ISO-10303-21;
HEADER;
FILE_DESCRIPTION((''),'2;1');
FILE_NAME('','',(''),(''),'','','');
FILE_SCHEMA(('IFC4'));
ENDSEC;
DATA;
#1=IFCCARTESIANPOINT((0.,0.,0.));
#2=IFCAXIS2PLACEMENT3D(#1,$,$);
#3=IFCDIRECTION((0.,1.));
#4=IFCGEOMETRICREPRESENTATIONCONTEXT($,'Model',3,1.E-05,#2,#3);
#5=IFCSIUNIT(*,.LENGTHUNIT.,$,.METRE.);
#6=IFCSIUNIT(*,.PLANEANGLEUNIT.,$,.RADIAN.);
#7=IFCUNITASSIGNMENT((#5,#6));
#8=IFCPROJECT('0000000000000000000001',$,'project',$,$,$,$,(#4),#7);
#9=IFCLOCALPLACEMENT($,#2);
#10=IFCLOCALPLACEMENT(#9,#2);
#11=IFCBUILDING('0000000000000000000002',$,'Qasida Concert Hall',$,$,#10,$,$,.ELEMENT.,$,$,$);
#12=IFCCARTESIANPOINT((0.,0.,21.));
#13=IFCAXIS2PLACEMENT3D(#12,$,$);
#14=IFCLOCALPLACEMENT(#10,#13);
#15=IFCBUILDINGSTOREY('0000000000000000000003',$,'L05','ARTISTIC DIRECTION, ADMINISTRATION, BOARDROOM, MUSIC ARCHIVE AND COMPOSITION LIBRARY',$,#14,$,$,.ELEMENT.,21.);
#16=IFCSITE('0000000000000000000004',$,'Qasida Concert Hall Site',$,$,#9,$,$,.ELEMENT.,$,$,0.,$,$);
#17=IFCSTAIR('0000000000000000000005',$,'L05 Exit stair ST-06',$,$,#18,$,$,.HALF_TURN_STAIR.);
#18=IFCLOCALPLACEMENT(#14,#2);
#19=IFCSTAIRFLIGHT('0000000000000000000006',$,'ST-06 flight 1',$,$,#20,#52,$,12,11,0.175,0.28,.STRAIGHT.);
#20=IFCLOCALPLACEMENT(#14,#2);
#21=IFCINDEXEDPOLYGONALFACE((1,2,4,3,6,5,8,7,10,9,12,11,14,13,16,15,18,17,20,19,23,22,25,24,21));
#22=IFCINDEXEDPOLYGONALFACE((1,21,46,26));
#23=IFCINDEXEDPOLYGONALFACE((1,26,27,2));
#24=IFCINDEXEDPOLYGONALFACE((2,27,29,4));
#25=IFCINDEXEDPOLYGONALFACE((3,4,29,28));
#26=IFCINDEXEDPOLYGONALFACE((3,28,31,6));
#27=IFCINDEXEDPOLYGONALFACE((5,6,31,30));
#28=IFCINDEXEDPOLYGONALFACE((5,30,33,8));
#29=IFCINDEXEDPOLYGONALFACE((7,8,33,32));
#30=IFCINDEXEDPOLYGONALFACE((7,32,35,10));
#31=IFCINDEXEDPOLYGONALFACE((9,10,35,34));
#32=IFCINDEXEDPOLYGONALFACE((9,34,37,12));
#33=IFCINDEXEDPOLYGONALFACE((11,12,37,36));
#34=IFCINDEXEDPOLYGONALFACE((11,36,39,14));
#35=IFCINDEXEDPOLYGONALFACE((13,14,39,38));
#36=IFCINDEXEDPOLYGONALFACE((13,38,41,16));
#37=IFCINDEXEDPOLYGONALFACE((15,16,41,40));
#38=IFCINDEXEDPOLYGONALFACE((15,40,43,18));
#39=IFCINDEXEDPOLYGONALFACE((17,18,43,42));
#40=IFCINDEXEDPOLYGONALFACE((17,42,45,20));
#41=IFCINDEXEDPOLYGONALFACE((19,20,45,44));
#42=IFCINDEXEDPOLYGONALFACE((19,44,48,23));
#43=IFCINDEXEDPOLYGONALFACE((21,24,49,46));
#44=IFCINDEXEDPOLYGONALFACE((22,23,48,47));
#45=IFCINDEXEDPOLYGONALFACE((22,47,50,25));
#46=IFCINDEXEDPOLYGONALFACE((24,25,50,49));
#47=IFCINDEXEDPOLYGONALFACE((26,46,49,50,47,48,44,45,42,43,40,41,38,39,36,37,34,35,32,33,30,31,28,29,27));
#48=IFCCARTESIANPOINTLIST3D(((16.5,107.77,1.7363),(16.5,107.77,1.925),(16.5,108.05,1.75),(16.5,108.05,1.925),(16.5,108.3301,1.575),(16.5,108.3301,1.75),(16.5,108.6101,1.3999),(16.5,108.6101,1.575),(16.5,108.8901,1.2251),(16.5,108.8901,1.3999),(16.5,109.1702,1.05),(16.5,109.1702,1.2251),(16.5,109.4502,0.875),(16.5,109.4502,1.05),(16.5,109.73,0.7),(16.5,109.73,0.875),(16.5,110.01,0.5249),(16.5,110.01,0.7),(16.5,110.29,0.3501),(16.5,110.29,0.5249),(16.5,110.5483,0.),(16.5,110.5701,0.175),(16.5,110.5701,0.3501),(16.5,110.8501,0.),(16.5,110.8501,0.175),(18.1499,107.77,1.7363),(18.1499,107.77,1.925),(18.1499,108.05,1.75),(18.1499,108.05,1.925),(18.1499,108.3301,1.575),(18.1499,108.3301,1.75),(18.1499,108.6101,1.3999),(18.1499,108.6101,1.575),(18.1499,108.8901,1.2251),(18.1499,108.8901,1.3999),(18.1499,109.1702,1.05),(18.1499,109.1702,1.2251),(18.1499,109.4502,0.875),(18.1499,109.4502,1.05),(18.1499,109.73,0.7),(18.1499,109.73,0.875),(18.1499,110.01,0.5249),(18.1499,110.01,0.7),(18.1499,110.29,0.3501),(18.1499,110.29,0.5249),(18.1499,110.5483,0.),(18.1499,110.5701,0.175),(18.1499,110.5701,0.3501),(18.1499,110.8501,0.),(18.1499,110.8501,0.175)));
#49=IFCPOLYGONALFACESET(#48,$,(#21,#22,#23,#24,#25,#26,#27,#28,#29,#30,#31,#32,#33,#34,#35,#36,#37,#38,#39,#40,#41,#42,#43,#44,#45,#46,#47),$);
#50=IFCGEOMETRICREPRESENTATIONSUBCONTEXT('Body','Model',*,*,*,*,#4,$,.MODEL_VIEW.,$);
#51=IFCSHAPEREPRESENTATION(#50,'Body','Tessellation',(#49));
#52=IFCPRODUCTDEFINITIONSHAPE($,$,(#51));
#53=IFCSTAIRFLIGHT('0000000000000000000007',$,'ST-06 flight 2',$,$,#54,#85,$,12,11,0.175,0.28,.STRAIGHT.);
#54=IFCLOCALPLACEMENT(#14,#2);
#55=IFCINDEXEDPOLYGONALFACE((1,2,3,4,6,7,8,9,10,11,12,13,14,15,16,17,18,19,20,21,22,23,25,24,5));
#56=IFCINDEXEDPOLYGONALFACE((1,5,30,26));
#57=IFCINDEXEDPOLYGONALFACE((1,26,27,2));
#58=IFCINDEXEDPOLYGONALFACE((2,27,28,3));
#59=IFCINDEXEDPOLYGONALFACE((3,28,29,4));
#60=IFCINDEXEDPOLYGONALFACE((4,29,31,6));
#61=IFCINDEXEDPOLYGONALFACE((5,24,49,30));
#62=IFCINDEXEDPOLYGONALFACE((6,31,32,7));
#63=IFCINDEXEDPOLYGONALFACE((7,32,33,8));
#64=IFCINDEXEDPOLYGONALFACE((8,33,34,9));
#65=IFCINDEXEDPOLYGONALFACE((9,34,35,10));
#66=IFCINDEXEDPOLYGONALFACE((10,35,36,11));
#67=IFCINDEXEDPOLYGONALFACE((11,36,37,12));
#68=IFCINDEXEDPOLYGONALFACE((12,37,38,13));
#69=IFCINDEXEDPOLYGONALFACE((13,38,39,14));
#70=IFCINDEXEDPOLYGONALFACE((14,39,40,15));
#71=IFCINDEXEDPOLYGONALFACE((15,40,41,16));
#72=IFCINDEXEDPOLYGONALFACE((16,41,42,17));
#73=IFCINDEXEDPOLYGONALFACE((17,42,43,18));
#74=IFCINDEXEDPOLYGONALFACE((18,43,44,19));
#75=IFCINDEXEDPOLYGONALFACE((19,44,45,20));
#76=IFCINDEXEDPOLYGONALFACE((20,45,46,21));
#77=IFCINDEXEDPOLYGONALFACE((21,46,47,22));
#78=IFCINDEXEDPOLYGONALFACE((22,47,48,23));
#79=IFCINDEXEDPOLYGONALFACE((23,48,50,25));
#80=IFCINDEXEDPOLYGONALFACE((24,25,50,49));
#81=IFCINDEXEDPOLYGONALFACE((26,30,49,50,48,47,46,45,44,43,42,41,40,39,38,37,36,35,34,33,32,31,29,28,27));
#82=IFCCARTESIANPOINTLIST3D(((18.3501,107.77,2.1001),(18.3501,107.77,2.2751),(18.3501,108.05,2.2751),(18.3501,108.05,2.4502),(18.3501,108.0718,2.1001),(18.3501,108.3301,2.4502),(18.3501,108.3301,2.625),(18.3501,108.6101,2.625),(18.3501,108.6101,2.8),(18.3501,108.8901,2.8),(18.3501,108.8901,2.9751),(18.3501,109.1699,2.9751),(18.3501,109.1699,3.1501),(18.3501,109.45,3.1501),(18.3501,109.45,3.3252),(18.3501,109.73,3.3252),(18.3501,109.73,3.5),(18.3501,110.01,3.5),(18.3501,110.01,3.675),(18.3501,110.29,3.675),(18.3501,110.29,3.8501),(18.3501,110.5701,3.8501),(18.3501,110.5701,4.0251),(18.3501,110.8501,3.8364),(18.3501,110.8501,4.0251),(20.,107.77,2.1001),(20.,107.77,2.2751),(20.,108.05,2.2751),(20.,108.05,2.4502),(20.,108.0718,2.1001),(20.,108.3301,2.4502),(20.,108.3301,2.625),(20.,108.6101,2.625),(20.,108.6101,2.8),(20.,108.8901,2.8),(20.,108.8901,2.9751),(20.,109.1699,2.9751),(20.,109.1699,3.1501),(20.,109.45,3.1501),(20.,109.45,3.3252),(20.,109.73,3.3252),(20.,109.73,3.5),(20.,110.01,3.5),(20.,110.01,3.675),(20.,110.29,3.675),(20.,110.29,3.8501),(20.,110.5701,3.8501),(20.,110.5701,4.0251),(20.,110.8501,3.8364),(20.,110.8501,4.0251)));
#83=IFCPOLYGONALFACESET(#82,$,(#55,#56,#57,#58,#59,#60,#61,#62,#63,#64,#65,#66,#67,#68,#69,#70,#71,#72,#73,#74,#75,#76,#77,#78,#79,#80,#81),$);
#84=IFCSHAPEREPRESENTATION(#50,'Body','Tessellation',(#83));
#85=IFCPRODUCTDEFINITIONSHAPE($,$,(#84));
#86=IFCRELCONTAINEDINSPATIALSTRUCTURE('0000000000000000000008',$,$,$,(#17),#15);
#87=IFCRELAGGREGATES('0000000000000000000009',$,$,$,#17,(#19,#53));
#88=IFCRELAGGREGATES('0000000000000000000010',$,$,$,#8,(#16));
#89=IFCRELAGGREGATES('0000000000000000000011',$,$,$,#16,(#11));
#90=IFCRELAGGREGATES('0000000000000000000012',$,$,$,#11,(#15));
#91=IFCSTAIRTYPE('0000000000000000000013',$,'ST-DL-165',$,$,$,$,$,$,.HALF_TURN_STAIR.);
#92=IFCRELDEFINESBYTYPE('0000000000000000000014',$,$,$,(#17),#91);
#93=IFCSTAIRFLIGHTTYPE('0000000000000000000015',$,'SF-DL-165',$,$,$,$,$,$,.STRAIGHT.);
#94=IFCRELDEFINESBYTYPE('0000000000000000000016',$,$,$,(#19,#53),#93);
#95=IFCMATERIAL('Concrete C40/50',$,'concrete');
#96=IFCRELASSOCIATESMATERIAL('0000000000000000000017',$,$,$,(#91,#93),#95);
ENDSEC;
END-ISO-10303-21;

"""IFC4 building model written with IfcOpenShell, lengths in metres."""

from ifc_helpers import new_model, si_unit, direction, frame, origin, place, context, subcontext, project, spatial, polyline, outline, extrude, material, type_object, element, aggregate, save


model = new_model("IFC4")

# Units and contexts
model_context = context("Model", 3, precision=1e-05, world=origin(), true_north=direction((0.0, 1.0)))
body_context = subcontext(model_context, "Body", "Model", "MODEL_VIEW")
ifc_project = project(units=[si_unit("LENGTHUNIT", "METRE"), si_unit("PLANEANGLEUNIT", "RADIAN")], contexts=[model_context])

# Site, building, storey
site_placement = place(None, origin())
site = spatial("IfcSite", under=ifc_project, at=site_placement, Name="Qasida Concert Hall Site", CompositionType="ELEMENT", RefElevation=0.0)
building_placement = place(site_placement, origin())
building = spatial("IfcBuilding", under=site, at=building_placement, Name="Qasida Concert Hall", CompositionType="ELEMENT")
storey_placement = place(building_placement, frame((0.0, 0.0, 21.0)))
storey = spatial("IfcBuildingStorey", under=building, at=storey_placement, Name="L05", Description="ARTISTIC DIRECTION, ADMINISTRATION, BOARDROOM, MUSIC ARCHIVE AND COMPOSITION LIBRARY", CompositionType="ELEMENT", Elevation=21.0)

# Shared definitions
ifc_material_1 = material(Name="Concrete C40/50", Category="concrete")

# Stair, stair flights
stair_type = type_object("IfcStairType", Name="ST-DL-165", PredefinedType="HALF_TURN_STAIR", material=ifc_material_1)
stair_placement = place(storey_placement, origin())
stair = element("IfcStair", 1, at=stair_placement, inside=storey, type_object=stair_type, Name="L05 Exit stair ST-06", PredefinedType="HALF_TURN_STAIR")
stair_flight_type = type_object("IfcStairFlightType", Name="SF-DL-165", PredefinedType="STRAIGHT", material=ifc_material_1)
stair_flight_1_placement = place(storey_placement, frame((17.325, 110.8501, 0.0), z_axis=(0.0, 0.0, 1.0), x_axis=(0.0, -1.0, 0.0)))
stair_flight_1 = element("IfcStairFlight", 2, at=stair_flight_1_placement, type_object=stair_flight_type, Name="ST-06 flight 1", NumberOfRisers=12, NumberOfTreads=11, PredefinedType="STRAIGHT", RiserHeight=0.175, TreadLength=0.28, context=body_context, shape_type="SweptSolid", body=[
    extrude(outline(polyline([(0.0, 0.0), (0.0, 0.175), (0.28, 0.175), (0.28, 0.3501), (0.5601, 0.3501), (0.5601, 0.5249), (0.8401, 0.5249), (0.8401, 0.7), (1.1201, 0.7), (1.1201, 0.875), (1.3999, 0.875), (1.3999, 1.05), (1.6799, 1.05), (1.6799, 1.2251), (1.96, 1.2251), (1.96, 1.3999), (2.24, 1.3999), (2.24, 1.575), (2.52, 1.575), (2.52, 1.75), (2.8, 1.75), (2.8, 1.925), (3.0801, 1.925), (3.0801, 2.1001), (3.0801, 1.7363), (0.3018, 0.0), (0.0, 0.0)])), frame((0.0, 0.825, 0.0), z_axis=(0.0, -1.0, 0.0), x_axis=(1.0, 0.0, 0.0)), (0.0, 0.0, 1.0), 1.6499),
])
stair_flight_2_placement = place(storey_placement, frame((19.175, 107.77, 2.1001), z_axis=(0.0, 0.0, 1.0), x_axis=(0.0, 1.0, 0.0)))
stair_flight_2 = element("IfcStairFlight", 3, at=stair_flight_2_placement, type_object=stair_flight_type, Name="ST-06 flight 2", NumberOfRisers=12, NumberOfTreads=11, PredefinedType="STRAIGHT", RiserHeight=0.175, TreadLength=0.28, context=body_context, shape_type="SweptSolid", body=[
    extrude(outline(polyline([(0.0, 0.0), (0.0, 0.175), (0.28, 0.175), (0.28, 0.3501), (0.5601, 0.3501), (0.5601, 0.5249), (0.8401, 0.5249), (0.8401, 0.7), (1.1201, 0.7), (1.1201, 0.875), (1.3999, 0.875), (1.3999, 1.05), (1.6799, 1.05), (1.6799, 1.2251), (1.96, 1.2251), (1.96, 1.3999), (2.24, 1.3999), (2.24, 1.575), (2.52, 1.575), (2.52, 1.75), (2.8, 1.75), (2.8, 1.925), (3.0801, 1.925), (3.0801, 2.1001), (3.0801, 1.7363), (0.3018, 0.0), (0.0, 0.0)])), frame((0.0, 0.825, 0.0), z_axis=(0.0, -1.0, 0.0), x_axis=(1.0, 0.0, 0.0)), (0.0, 0.0, 1.0), 1.6499),
])
aggregate(stair, [stair_flight_1, stair_flight_2])

save(model, "model.ifc")
